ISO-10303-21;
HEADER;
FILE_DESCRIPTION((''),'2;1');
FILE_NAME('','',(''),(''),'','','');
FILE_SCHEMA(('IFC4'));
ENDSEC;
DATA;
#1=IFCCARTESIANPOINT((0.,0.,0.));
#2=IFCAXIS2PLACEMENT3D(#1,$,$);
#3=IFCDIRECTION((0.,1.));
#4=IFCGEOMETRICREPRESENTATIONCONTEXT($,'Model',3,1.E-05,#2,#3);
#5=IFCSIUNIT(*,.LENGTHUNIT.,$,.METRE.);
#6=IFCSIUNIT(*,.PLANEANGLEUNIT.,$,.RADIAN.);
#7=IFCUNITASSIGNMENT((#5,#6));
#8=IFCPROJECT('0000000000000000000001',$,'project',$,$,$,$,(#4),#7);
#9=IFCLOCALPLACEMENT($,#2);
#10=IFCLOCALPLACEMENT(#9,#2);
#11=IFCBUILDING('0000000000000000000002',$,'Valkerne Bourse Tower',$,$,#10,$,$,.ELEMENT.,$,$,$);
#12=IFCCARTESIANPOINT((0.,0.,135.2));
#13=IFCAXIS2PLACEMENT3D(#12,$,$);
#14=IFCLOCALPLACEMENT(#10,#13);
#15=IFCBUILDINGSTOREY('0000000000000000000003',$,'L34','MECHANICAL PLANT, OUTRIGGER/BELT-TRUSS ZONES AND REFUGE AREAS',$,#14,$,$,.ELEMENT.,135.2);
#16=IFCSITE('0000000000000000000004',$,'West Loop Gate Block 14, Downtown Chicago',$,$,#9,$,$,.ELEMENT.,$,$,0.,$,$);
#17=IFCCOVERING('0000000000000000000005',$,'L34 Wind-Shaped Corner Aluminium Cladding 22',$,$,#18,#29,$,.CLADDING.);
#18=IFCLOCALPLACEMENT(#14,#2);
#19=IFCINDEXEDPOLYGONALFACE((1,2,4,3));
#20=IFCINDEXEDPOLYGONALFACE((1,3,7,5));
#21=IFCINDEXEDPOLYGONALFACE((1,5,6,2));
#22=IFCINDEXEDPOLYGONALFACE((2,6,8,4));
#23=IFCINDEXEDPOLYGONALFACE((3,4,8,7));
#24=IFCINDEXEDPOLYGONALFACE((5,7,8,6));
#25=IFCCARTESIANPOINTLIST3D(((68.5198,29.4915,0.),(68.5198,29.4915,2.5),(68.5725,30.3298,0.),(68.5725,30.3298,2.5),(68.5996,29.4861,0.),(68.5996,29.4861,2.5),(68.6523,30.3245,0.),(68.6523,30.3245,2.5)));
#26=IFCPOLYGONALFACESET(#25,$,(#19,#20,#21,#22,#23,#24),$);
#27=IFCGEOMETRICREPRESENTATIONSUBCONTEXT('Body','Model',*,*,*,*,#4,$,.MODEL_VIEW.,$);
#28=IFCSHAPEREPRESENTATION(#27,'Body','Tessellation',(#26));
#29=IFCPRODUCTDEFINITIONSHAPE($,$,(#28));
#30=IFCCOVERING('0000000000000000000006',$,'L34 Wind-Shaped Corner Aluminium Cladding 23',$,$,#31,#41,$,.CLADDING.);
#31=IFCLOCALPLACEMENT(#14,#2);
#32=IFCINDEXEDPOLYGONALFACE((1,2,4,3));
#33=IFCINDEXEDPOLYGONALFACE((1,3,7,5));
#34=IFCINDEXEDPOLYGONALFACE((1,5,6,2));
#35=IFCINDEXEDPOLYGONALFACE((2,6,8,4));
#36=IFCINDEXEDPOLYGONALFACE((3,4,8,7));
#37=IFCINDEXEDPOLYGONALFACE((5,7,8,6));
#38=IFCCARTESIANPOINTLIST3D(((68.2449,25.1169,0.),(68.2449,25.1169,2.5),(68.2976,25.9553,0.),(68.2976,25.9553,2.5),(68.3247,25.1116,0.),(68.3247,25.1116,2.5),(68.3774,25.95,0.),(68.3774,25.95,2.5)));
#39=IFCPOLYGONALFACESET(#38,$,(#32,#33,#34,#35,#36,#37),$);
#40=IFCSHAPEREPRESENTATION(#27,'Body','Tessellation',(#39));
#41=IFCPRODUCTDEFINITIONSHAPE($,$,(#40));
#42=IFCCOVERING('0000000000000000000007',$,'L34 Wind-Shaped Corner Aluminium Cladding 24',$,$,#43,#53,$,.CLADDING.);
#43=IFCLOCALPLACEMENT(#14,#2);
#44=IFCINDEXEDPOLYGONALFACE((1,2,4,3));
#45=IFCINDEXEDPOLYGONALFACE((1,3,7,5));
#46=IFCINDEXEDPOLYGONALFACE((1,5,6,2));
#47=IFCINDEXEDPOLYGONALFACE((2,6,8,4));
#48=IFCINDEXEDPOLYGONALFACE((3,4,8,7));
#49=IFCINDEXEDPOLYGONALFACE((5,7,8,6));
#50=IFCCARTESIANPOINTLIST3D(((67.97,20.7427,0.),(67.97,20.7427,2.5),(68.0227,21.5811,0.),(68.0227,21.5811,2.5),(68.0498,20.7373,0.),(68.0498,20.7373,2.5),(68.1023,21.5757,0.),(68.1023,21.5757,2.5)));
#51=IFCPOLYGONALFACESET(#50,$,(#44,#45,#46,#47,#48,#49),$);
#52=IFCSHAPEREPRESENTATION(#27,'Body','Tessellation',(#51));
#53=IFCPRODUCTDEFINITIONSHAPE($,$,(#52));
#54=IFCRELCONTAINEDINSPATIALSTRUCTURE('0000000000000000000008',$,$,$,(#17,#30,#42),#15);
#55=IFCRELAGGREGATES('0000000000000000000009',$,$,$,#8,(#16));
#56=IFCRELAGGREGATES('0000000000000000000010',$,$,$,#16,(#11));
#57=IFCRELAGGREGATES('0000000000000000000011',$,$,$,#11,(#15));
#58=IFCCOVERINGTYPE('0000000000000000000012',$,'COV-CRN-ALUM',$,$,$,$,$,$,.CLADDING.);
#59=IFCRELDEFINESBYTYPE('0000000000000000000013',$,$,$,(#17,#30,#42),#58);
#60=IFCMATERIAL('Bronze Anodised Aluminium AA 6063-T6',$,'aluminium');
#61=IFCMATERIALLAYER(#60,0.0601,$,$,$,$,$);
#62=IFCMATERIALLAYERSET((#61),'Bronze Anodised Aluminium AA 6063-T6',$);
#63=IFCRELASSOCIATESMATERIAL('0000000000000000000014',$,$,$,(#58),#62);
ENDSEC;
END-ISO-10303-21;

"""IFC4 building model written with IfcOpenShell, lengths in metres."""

from ifc_helpers import new_model, si_unit, direction, frame, origin, place, context, subcontext, project, spatial, polyline, outline, extrude, material, layer, layer_set, type_object, element, save


model = new_model("IFC4")

# Units and contexts
model_context = context("Model", 3, precision=1e-05, world=origin(), true_north=direction((0.0, 1.0)))
body_context = subcontext(model_context, "Body", "Model", "MODEL_VIEW")
ifc_project = project(units=[si_unit("LENGTHUNIT", "METRE"), si_unit("PLANEANGLEUNIT", "RADIAN")], contexts=[model_context])

# Site, building, storey
site_placement = place(None, origin())
site = spatial("IfcSite", under=ifc_project, at=site_placement, Name="West Loop Gate Block 14, Downtown Chicago", CompositionType="ELEMENT", RefElevation=0.0)
building_placement = place(site_placement, origin())
building = spatial("IfcBuilding", under=site, at=building_placement, Name="Valkerne Bourse Tower", CompositionType="ELEMENT")
storey_placement = place(building_placement, frame((0.0, 0.0, 135.2)))
storey = spatial("IfcBuildingStorey", under=building, at=storey_placement, Name="L34", Description="MECHANICAL PLANT, OUTRIGGER/BELT-TRUSS ZONES AND REFUGE AREAS", CompositionType="ELEMENT", Elevation=135.2)

# Coverings
ifc_material_1 = material(Name="Bronze Anodised Aluminium AA 6063-T6", Category="aluminium")
ifc_layer_1 = layer(ifc_material_1, 0.0601)
ifc_layer_set_1 = layer_set([ifc_layer_1], Name="Bronze Anodised Aluminium AA 6063-T6")
covering_type = type_object("IfcCoveringType", Name="COV-CRN-ALUM", PredefinedType="CLADDING", material=ifc_layer_set_1)
covering_1_placement = place(storey_placement, origin())
element("IfcCovering", 1, at=covering_1_placement, inside=storey, type_object=covering_type, Name="L34 Wind-Shaped Corner Aluminium Cladding 22", PredefinedType="CLADDING", context=body_context, shape_type="SweptSolid", body=[
    extrude(outline(polyline([(68.5996, 29.4861), (68.5198, 29.4915), (68.5725, 30.3298), (68.6523, 30.3245), (68.5996, 29.4861)])), origin(), (0.0, 0.0, 1.0), 2.5),
])
covering_2_placement = place(storey_placement, origin())
element("IfcCovering", 2, at=covering_2_placement, inside=storey, type_object=covering_type, Name="L34 Wind-Shaped Corner Aluminium Cladding 23", PredefinedType="CLADDING", context=body_context, shape_type="SweptSolid", body=[
    extrude(outline(polyline([(68.3247, 25.1116), (68.2449, 25.1169), (68.2976, 25.9553), (68.3774, 25.95), (68.3247, 25.1116)])), origin(), (0.0, 0.0, 1.0), 2.5),
])
covering_3_placement = place(storey_placement, origin())
element("IfcCovering", 3, at=covering_3_placement, inside=storey, type_object=covering_type, Name="L34 Wind-Shaped Corner Aluminium Cladding 24", PredefinedType="CLADDING", context=body_context, shape_type="SweptSolid", body=[
    extrude(outline(polyline([(68.0498, 20.7373), (67.97, 20.7427), (68.0227, 21.5811), (68.1023, 21.5757), (68.0498, 20.7373)])), origin(), (0.0, 0.0, 1.0), 2.5),
])

save(model, "model.ifc")
